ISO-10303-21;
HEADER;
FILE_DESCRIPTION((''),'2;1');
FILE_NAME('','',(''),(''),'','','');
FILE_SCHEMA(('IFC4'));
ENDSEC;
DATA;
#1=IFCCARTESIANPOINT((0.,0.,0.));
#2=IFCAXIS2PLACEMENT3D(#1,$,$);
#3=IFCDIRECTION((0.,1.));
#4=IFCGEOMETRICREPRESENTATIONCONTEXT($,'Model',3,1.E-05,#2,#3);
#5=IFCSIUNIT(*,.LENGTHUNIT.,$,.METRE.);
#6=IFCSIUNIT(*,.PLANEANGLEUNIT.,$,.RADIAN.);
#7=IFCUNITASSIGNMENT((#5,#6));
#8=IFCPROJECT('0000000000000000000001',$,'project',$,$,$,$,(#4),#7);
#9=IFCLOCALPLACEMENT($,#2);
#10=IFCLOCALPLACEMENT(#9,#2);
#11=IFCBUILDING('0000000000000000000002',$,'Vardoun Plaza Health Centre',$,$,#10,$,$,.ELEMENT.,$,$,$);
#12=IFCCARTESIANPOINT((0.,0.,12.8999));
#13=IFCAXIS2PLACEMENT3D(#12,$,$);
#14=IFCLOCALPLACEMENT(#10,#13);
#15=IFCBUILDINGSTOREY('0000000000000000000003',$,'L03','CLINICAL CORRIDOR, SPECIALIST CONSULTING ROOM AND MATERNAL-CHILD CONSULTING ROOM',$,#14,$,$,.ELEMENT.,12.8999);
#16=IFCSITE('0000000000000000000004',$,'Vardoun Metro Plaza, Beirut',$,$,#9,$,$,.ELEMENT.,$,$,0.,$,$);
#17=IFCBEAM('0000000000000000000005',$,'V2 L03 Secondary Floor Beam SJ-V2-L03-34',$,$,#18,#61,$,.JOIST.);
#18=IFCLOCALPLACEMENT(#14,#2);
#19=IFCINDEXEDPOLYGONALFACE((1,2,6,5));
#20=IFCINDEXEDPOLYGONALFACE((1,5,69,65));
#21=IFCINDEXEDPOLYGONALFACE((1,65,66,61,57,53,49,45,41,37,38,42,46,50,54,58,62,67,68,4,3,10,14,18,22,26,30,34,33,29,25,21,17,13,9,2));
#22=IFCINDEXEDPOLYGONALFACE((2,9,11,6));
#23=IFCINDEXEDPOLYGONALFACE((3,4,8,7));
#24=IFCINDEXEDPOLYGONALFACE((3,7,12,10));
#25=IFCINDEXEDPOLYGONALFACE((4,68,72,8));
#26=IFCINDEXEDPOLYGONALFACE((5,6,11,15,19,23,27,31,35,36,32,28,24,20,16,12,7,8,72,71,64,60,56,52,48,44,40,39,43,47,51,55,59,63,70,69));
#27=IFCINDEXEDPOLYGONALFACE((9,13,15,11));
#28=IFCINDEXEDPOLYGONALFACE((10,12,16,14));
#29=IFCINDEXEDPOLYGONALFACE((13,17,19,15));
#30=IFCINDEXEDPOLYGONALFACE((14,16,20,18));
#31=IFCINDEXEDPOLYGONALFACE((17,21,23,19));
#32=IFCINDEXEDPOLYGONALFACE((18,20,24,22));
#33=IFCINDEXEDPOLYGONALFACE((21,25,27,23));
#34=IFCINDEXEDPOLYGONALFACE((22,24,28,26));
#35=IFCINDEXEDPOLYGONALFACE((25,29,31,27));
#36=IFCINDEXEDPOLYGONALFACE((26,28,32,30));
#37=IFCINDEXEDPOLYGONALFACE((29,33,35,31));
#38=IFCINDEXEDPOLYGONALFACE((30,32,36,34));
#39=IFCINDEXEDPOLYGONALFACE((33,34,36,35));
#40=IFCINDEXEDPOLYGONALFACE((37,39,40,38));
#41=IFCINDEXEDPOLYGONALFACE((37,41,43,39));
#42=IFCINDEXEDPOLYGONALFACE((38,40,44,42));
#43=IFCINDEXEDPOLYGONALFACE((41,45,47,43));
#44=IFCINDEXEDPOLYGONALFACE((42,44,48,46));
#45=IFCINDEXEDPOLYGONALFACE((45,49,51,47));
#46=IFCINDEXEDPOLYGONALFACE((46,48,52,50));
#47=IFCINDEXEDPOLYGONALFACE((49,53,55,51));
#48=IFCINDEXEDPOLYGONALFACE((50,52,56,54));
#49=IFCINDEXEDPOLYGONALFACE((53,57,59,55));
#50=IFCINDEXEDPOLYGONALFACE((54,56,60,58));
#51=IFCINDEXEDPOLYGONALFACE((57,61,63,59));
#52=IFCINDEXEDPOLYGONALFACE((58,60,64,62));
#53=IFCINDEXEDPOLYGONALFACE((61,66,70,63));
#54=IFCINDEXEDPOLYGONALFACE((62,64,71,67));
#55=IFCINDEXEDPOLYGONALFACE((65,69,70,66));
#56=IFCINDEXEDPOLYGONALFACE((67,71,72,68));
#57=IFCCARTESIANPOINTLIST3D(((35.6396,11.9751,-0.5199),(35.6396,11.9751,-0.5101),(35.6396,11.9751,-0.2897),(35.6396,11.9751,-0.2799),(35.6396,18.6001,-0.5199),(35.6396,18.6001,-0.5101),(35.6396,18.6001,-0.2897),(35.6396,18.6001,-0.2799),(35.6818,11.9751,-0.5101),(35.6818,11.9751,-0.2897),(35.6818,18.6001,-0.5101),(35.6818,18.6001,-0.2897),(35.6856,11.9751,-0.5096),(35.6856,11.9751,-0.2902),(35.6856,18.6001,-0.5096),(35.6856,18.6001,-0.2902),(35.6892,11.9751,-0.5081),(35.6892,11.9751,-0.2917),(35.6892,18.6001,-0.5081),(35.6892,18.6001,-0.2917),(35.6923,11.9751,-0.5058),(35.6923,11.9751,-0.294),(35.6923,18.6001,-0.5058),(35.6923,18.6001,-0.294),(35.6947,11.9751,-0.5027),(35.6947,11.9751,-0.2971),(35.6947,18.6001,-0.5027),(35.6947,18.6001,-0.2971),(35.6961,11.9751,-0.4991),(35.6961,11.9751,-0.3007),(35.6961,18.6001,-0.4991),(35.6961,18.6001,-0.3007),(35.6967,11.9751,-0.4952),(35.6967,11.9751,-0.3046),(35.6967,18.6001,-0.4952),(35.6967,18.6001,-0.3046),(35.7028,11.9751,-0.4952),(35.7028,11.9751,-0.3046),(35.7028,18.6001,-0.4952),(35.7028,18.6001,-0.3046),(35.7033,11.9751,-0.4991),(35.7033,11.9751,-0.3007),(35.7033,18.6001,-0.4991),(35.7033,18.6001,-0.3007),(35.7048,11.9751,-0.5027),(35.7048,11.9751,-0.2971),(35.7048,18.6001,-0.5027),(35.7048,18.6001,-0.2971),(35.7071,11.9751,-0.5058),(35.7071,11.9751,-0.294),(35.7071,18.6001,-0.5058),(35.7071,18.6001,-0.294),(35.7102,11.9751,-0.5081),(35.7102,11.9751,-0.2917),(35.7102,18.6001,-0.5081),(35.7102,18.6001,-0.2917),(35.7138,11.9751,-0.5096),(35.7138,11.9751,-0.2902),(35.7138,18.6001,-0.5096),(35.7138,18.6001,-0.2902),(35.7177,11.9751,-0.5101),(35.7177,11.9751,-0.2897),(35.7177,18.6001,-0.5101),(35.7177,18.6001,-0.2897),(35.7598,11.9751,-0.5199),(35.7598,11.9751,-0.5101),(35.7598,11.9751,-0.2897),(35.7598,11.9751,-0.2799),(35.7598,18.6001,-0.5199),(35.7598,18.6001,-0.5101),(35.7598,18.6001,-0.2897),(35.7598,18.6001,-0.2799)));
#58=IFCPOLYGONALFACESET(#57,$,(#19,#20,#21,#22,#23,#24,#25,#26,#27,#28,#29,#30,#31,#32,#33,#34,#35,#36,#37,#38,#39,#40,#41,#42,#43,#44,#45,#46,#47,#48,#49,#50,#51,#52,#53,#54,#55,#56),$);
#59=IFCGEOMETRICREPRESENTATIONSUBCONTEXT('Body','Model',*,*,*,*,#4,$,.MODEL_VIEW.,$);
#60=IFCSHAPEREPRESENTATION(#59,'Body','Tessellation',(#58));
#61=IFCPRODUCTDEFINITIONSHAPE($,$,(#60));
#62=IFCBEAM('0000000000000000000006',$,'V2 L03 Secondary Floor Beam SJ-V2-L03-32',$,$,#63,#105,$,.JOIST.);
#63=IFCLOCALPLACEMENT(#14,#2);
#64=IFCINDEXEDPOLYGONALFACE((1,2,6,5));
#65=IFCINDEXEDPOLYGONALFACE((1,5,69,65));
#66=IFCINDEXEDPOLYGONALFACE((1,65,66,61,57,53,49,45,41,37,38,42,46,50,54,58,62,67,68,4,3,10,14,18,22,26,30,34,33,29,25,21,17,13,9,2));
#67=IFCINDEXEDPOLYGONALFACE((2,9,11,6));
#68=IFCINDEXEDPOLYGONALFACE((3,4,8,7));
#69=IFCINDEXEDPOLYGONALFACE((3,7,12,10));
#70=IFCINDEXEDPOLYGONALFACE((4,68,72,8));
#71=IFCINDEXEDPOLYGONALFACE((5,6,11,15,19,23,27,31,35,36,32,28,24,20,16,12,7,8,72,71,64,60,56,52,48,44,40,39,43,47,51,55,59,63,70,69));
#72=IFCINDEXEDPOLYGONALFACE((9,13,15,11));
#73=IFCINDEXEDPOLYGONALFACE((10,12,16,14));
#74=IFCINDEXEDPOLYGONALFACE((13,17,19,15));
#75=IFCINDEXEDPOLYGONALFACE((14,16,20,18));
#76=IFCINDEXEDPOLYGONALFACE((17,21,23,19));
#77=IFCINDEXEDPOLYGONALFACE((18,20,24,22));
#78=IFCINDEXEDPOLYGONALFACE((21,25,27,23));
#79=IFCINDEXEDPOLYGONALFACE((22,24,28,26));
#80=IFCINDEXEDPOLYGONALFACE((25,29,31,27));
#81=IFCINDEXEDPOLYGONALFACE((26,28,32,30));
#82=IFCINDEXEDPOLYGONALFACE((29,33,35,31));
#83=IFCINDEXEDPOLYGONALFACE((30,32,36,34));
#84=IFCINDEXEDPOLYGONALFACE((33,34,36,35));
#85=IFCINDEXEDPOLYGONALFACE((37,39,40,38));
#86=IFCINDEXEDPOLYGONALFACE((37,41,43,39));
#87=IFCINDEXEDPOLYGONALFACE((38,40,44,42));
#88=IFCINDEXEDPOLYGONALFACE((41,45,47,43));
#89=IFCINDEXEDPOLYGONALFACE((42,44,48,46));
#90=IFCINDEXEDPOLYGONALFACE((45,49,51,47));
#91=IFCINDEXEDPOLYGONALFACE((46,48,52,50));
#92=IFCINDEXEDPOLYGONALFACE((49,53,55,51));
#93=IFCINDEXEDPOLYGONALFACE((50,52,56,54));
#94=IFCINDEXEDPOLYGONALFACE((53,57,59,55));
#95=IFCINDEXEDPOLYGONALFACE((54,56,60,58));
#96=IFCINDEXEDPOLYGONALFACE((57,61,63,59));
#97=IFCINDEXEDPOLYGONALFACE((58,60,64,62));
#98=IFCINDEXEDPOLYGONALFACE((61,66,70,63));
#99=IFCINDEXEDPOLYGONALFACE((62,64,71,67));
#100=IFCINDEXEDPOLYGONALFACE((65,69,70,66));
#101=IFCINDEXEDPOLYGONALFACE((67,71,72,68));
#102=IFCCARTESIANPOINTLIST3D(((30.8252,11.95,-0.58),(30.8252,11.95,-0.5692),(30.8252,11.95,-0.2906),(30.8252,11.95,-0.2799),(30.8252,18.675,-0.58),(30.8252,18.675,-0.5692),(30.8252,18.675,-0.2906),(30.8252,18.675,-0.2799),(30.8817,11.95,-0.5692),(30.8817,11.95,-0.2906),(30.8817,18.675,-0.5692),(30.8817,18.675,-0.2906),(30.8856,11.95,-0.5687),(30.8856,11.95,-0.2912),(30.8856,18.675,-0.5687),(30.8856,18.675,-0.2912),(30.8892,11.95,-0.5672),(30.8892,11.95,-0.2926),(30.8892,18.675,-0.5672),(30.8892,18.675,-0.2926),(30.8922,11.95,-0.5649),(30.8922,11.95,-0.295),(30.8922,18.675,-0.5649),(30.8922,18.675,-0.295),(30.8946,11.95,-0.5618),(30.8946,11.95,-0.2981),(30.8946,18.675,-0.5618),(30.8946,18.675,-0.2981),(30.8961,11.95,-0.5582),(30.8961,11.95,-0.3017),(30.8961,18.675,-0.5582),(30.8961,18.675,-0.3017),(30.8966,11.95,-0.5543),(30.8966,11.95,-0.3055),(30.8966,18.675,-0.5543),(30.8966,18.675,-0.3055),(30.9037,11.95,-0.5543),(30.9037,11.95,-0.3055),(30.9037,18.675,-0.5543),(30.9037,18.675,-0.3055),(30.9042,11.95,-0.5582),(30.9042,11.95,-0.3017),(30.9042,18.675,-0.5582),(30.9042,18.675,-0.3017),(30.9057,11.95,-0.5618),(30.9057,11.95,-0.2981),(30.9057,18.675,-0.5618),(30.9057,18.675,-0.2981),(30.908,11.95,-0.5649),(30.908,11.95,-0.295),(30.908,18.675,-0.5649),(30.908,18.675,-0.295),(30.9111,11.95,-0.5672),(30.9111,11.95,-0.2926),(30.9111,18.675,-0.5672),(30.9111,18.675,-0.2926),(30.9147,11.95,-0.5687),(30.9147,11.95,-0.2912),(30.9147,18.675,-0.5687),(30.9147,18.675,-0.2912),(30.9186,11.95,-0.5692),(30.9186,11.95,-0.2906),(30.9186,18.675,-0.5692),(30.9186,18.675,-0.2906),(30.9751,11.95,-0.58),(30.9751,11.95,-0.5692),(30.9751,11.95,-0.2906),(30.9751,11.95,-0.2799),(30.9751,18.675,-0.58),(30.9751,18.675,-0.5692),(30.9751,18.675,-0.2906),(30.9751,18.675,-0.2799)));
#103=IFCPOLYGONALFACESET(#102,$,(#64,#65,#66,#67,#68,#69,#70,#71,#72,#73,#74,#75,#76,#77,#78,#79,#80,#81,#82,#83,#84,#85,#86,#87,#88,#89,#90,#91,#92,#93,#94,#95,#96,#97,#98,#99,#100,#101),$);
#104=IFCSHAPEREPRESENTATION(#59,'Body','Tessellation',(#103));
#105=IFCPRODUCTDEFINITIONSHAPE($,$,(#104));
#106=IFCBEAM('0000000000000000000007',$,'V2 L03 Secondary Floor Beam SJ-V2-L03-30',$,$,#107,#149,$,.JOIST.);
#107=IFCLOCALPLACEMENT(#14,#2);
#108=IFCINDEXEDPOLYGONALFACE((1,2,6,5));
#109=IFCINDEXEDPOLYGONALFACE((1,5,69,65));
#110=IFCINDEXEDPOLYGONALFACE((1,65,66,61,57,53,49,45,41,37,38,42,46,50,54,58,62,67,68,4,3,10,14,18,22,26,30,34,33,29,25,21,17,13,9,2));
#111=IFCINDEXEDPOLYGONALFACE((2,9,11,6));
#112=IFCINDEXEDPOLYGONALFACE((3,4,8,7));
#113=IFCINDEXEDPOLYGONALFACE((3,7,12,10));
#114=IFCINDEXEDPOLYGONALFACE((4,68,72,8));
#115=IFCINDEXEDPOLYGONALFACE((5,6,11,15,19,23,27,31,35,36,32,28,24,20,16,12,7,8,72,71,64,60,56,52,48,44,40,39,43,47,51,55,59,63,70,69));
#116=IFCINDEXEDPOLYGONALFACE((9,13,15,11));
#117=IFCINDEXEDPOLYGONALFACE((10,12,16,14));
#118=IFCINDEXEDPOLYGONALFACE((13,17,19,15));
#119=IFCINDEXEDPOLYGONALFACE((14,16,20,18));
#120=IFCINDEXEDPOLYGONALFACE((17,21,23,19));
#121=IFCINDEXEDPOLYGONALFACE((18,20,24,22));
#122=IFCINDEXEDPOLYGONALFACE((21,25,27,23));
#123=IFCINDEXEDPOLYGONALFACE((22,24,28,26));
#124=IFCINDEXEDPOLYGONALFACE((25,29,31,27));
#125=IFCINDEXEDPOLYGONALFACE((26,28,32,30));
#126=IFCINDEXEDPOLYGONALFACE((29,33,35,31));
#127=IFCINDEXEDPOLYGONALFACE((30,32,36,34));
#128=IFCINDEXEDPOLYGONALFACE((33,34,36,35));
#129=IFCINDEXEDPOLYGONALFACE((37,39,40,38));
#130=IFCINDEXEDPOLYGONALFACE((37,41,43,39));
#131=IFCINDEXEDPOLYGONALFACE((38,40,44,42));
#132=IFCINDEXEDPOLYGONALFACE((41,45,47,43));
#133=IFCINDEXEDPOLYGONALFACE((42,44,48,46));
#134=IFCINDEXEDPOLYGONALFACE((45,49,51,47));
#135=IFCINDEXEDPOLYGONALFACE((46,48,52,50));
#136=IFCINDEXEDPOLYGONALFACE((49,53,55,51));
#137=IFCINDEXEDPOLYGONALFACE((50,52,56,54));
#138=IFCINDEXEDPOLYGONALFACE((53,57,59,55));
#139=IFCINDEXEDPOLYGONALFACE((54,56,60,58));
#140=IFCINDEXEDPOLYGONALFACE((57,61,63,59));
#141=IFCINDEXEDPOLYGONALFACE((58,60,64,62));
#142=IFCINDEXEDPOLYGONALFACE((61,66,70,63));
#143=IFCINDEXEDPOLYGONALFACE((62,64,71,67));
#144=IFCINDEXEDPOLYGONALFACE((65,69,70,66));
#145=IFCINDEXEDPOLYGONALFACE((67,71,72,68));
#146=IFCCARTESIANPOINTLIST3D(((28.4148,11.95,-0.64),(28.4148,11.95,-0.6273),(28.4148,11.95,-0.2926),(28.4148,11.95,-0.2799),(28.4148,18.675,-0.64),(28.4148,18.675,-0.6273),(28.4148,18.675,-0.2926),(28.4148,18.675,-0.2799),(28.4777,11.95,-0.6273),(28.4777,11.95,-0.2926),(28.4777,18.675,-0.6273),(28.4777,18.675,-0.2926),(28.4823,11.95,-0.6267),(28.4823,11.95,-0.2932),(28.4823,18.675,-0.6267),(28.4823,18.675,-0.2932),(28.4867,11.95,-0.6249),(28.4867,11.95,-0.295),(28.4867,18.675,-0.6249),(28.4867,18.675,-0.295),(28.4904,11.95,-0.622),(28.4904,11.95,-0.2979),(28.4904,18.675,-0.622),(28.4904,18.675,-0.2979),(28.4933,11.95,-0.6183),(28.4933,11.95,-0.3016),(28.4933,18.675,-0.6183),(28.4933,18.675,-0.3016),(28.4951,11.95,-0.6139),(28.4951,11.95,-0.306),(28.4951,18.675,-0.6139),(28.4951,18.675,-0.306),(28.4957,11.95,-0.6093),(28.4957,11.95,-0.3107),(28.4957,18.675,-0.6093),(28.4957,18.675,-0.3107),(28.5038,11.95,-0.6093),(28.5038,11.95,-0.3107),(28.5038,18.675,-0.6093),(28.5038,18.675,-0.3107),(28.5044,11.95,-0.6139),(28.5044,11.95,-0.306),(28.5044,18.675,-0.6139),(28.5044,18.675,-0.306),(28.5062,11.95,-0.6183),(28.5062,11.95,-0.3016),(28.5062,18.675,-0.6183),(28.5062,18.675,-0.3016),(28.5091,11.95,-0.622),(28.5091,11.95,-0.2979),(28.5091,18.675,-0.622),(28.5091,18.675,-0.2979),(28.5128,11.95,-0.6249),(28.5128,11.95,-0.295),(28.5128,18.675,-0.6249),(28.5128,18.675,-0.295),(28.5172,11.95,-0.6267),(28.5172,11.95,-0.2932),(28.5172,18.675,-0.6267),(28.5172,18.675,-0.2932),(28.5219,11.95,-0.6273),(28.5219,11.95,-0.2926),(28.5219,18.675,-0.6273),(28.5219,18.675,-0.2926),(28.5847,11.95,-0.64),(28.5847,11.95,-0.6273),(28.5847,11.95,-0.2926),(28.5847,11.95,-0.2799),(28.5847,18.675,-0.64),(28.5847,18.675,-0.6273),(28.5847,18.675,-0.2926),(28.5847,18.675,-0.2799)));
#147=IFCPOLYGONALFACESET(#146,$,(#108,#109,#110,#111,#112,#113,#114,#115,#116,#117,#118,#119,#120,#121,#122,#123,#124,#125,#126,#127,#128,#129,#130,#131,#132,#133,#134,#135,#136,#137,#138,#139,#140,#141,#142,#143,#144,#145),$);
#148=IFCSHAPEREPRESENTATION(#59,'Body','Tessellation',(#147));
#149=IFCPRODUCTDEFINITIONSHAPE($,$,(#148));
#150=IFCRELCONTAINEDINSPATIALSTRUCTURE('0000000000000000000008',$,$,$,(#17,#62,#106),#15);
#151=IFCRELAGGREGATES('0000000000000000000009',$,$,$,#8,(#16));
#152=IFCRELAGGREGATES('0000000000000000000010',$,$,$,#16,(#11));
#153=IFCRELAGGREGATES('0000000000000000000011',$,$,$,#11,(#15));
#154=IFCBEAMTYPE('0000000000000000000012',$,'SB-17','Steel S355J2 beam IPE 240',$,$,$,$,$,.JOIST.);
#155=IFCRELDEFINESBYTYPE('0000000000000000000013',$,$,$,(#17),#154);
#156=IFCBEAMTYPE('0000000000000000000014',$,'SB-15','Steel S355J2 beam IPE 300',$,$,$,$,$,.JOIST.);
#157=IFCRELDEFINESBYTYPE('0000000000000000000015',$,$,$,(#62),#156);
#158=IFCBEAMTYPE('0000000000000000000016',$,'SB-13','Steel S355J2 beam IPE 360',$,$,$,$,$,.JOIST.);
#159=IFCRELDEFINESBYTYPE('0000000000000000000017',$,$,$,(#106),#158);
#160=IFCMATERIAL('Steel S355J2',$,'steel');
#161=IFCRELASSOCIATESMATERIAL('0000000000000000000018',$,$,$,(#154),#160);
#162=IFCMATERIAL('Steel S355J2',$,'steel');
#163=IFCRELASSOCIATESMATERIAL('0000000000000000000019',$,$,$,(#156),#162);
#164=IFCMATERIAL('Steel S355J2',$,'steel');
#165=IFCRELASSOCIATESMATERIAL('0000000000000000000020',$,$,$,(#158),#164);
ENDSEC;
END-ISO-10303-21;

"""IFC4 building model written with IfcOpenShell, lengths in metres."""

from ifc_helpers import new_model, si_unit, direction, frame, origin, origin_2d, place, context, subcontext, project, spatial, i_section, extrude, material, material_profile, profile_set, type_object, element, save


model = new_model("IFC4")

# Units and contexts
model_context = context("Model", 3, precision=1e-05, world=origin(), true_north=direction((0.0, 1.0)))
body_context = subcontext(model_context, "Body", "Model", "MODEL_VIEW")
ifc_project = project(units=[si_unit("LENGTHUNIT", "METRE"), si_unit("PLANEANGLEUNIT", "RADIAN")], contexts=[model_context])

# Site, building, storey
site_placement = place(None, origin())
site = spatial("IfcSite", under=ifc_project, at=site_placement, Name="Vardoun Metro Plaza, Beirut", CompositionType="ELEMENT", RefElevation=0.0)
building_placement = place(site_placement, origin())
building = spatial("IfcBuilding", under=site, at=building_placement, Name="Vardoun Plaza Health Centre", CompositionType="ELEMENT")
storey_placement = place(building_placement, frame((0.0, 0.0, 12.8999)))
storey = spatial("IfcBuildingStorey", under=building, at=storey_placement, Name="L03", Description="CLINICAL CORRIDOR, SPECIALIST CONSULTING ROOM AND MATERNAL-CHILD CONSULTING ROOM", CompositionType="ELEMENT", Elevation=12.8999)

# Beams
ifc_material_1 = material(Name="Steel S355J2", Category="steel")
ifc_material_profile_1 = material_profile(ifc_material_1, i_section(OverallWidth=0.1201, OverallDepth=0.24, WebThickness=0.0061, FlangeThickness=0.0098, FilletRadius=0.0149, at=origin_2d()), Name="IPE 240")
ifc_profile_set_1 = profile_set([ifc_material_profile_1], Name="Steel S355J2")
beam_type_1 = type_object("IfcBeamType", Name="SB-17", Description="Steel S355J2 beam IPE 240", PredefinedType="JOIST", material=ifc_profile_set_1)
beam_1_placement = place(storey_placement, frame((35.6997, 11.9751, -0.3999), z_axis=(0.0, 1.0, 0.0), x_axis=(-1.0, 0.0, 0.0)))
element("IfcBeam", 1, at=beam_1_placement, inside=storey, type_object=beam_type_1, Name="V2 L03 Secondary Floor Beam SJ-V2-L03-34", PredefinedType="JOIST", context=body_context, shape_type="SweptSolid", body=[
    extrude(i_section(OverallWidth=0.1201, OverallDepth=0.24, WebThickness=0.0061, FlangeThickness=0.0098, FilletRadius=0.0149, at=origin_2d()), origin(), (0.0, 0.0, 1.0), 6.625),
])
ifc_material_2 = material(Name="Steel S355J2", Category="steel")
ifc_material_profile_2 = material_profile(ifc_material_2, i_section(OverallWidth=0.1499, OverallDepth=0.3, WebThickness=0.0071, FlangeThickness=0.0107, FilletRadius=0.0149, at=origin_2d()), Name="IPE 300")
ifc_profile_set_2 = profile_set([ifc_material_profile_2], Name="Steel S355J2")
beam_type_2 = type_object("IfcBeamType", Name="SB-15", Description="Steel S355J2 beam IPE 300", PredefinedType="JOIST", material=ifc_profile_set_2)
beam_2_placement = place(storey_placement, frame((30.9001, 11.95, -0.4299), z_axis=(0.0, 1.0, 0.0), x_axis=(-1.0, 0.0, 0.0)))
element("IfcBeam", 2, at=beam_2_placement, inside=storey, type_object=beam_type_2, Name="V2 L03 Secondary Floor Beam SJ-V2-L03-32", PredefinedType="JOIST", context=body_context, shape_type="SweptSolid", body=[
    extrude(i_section(OverallWidth=0.1499, OverallDepth=0.3, WebThickness=0.0071, FlangeThickness=0.0107, FilletRadius=0.0149, at=origin_2d()), origin(), (0.0, 0.0, 1.0), 6.7251),
])
ifc_material_3 = material(Name="Steel S355J2", Category="steel")
ifc_material_profile_3 = material_profile(ifc_material_3, i_section(OverallWidth=0.1699, OverallDepth=0.3601, WebThickness=0.0081, FlangeThickness=0.0127, FilletRadius=0.0181, at=origin_2d()), Name="IPE 360")
ifc_profile_set_3 = profile_set([ifc_material_profile_3], Name="Steel S355J2")
beam_type_3 = type_object("IfcBeamType", Name="SB-13", Description="Steel S355J2 beam IPE 360", PredefinedType="JOIST", material=ifc_profile_set_3)
beam_3_placement = place(storey_placement, frame((28.4998, 11.95, -0.46), z_axis=(0.0, 1.0, 0.0), x_axis=(-1.0, 0.0, 0.0)))
element("IfcBeam", 3, at=beam_3_placement, inside=storey, type_object=beam_type_3, Name="V2 L03 Secondary Floor Beam SJ-V2-L03-30", PredefinedType="JOIST", context=body_context, shape_type="SweptSolid", body=[
    extrude(i_section(OverallWidth=0.1699, OverallDepth=0.3601, WebThickness=0.0081, FlangeThickness=0.0127, FilletRadius=0.0181, at=origin_2d()), origin(), (0.0, 0.0, 1.0), 6.7251),
])

save(model, "model.ifc")
